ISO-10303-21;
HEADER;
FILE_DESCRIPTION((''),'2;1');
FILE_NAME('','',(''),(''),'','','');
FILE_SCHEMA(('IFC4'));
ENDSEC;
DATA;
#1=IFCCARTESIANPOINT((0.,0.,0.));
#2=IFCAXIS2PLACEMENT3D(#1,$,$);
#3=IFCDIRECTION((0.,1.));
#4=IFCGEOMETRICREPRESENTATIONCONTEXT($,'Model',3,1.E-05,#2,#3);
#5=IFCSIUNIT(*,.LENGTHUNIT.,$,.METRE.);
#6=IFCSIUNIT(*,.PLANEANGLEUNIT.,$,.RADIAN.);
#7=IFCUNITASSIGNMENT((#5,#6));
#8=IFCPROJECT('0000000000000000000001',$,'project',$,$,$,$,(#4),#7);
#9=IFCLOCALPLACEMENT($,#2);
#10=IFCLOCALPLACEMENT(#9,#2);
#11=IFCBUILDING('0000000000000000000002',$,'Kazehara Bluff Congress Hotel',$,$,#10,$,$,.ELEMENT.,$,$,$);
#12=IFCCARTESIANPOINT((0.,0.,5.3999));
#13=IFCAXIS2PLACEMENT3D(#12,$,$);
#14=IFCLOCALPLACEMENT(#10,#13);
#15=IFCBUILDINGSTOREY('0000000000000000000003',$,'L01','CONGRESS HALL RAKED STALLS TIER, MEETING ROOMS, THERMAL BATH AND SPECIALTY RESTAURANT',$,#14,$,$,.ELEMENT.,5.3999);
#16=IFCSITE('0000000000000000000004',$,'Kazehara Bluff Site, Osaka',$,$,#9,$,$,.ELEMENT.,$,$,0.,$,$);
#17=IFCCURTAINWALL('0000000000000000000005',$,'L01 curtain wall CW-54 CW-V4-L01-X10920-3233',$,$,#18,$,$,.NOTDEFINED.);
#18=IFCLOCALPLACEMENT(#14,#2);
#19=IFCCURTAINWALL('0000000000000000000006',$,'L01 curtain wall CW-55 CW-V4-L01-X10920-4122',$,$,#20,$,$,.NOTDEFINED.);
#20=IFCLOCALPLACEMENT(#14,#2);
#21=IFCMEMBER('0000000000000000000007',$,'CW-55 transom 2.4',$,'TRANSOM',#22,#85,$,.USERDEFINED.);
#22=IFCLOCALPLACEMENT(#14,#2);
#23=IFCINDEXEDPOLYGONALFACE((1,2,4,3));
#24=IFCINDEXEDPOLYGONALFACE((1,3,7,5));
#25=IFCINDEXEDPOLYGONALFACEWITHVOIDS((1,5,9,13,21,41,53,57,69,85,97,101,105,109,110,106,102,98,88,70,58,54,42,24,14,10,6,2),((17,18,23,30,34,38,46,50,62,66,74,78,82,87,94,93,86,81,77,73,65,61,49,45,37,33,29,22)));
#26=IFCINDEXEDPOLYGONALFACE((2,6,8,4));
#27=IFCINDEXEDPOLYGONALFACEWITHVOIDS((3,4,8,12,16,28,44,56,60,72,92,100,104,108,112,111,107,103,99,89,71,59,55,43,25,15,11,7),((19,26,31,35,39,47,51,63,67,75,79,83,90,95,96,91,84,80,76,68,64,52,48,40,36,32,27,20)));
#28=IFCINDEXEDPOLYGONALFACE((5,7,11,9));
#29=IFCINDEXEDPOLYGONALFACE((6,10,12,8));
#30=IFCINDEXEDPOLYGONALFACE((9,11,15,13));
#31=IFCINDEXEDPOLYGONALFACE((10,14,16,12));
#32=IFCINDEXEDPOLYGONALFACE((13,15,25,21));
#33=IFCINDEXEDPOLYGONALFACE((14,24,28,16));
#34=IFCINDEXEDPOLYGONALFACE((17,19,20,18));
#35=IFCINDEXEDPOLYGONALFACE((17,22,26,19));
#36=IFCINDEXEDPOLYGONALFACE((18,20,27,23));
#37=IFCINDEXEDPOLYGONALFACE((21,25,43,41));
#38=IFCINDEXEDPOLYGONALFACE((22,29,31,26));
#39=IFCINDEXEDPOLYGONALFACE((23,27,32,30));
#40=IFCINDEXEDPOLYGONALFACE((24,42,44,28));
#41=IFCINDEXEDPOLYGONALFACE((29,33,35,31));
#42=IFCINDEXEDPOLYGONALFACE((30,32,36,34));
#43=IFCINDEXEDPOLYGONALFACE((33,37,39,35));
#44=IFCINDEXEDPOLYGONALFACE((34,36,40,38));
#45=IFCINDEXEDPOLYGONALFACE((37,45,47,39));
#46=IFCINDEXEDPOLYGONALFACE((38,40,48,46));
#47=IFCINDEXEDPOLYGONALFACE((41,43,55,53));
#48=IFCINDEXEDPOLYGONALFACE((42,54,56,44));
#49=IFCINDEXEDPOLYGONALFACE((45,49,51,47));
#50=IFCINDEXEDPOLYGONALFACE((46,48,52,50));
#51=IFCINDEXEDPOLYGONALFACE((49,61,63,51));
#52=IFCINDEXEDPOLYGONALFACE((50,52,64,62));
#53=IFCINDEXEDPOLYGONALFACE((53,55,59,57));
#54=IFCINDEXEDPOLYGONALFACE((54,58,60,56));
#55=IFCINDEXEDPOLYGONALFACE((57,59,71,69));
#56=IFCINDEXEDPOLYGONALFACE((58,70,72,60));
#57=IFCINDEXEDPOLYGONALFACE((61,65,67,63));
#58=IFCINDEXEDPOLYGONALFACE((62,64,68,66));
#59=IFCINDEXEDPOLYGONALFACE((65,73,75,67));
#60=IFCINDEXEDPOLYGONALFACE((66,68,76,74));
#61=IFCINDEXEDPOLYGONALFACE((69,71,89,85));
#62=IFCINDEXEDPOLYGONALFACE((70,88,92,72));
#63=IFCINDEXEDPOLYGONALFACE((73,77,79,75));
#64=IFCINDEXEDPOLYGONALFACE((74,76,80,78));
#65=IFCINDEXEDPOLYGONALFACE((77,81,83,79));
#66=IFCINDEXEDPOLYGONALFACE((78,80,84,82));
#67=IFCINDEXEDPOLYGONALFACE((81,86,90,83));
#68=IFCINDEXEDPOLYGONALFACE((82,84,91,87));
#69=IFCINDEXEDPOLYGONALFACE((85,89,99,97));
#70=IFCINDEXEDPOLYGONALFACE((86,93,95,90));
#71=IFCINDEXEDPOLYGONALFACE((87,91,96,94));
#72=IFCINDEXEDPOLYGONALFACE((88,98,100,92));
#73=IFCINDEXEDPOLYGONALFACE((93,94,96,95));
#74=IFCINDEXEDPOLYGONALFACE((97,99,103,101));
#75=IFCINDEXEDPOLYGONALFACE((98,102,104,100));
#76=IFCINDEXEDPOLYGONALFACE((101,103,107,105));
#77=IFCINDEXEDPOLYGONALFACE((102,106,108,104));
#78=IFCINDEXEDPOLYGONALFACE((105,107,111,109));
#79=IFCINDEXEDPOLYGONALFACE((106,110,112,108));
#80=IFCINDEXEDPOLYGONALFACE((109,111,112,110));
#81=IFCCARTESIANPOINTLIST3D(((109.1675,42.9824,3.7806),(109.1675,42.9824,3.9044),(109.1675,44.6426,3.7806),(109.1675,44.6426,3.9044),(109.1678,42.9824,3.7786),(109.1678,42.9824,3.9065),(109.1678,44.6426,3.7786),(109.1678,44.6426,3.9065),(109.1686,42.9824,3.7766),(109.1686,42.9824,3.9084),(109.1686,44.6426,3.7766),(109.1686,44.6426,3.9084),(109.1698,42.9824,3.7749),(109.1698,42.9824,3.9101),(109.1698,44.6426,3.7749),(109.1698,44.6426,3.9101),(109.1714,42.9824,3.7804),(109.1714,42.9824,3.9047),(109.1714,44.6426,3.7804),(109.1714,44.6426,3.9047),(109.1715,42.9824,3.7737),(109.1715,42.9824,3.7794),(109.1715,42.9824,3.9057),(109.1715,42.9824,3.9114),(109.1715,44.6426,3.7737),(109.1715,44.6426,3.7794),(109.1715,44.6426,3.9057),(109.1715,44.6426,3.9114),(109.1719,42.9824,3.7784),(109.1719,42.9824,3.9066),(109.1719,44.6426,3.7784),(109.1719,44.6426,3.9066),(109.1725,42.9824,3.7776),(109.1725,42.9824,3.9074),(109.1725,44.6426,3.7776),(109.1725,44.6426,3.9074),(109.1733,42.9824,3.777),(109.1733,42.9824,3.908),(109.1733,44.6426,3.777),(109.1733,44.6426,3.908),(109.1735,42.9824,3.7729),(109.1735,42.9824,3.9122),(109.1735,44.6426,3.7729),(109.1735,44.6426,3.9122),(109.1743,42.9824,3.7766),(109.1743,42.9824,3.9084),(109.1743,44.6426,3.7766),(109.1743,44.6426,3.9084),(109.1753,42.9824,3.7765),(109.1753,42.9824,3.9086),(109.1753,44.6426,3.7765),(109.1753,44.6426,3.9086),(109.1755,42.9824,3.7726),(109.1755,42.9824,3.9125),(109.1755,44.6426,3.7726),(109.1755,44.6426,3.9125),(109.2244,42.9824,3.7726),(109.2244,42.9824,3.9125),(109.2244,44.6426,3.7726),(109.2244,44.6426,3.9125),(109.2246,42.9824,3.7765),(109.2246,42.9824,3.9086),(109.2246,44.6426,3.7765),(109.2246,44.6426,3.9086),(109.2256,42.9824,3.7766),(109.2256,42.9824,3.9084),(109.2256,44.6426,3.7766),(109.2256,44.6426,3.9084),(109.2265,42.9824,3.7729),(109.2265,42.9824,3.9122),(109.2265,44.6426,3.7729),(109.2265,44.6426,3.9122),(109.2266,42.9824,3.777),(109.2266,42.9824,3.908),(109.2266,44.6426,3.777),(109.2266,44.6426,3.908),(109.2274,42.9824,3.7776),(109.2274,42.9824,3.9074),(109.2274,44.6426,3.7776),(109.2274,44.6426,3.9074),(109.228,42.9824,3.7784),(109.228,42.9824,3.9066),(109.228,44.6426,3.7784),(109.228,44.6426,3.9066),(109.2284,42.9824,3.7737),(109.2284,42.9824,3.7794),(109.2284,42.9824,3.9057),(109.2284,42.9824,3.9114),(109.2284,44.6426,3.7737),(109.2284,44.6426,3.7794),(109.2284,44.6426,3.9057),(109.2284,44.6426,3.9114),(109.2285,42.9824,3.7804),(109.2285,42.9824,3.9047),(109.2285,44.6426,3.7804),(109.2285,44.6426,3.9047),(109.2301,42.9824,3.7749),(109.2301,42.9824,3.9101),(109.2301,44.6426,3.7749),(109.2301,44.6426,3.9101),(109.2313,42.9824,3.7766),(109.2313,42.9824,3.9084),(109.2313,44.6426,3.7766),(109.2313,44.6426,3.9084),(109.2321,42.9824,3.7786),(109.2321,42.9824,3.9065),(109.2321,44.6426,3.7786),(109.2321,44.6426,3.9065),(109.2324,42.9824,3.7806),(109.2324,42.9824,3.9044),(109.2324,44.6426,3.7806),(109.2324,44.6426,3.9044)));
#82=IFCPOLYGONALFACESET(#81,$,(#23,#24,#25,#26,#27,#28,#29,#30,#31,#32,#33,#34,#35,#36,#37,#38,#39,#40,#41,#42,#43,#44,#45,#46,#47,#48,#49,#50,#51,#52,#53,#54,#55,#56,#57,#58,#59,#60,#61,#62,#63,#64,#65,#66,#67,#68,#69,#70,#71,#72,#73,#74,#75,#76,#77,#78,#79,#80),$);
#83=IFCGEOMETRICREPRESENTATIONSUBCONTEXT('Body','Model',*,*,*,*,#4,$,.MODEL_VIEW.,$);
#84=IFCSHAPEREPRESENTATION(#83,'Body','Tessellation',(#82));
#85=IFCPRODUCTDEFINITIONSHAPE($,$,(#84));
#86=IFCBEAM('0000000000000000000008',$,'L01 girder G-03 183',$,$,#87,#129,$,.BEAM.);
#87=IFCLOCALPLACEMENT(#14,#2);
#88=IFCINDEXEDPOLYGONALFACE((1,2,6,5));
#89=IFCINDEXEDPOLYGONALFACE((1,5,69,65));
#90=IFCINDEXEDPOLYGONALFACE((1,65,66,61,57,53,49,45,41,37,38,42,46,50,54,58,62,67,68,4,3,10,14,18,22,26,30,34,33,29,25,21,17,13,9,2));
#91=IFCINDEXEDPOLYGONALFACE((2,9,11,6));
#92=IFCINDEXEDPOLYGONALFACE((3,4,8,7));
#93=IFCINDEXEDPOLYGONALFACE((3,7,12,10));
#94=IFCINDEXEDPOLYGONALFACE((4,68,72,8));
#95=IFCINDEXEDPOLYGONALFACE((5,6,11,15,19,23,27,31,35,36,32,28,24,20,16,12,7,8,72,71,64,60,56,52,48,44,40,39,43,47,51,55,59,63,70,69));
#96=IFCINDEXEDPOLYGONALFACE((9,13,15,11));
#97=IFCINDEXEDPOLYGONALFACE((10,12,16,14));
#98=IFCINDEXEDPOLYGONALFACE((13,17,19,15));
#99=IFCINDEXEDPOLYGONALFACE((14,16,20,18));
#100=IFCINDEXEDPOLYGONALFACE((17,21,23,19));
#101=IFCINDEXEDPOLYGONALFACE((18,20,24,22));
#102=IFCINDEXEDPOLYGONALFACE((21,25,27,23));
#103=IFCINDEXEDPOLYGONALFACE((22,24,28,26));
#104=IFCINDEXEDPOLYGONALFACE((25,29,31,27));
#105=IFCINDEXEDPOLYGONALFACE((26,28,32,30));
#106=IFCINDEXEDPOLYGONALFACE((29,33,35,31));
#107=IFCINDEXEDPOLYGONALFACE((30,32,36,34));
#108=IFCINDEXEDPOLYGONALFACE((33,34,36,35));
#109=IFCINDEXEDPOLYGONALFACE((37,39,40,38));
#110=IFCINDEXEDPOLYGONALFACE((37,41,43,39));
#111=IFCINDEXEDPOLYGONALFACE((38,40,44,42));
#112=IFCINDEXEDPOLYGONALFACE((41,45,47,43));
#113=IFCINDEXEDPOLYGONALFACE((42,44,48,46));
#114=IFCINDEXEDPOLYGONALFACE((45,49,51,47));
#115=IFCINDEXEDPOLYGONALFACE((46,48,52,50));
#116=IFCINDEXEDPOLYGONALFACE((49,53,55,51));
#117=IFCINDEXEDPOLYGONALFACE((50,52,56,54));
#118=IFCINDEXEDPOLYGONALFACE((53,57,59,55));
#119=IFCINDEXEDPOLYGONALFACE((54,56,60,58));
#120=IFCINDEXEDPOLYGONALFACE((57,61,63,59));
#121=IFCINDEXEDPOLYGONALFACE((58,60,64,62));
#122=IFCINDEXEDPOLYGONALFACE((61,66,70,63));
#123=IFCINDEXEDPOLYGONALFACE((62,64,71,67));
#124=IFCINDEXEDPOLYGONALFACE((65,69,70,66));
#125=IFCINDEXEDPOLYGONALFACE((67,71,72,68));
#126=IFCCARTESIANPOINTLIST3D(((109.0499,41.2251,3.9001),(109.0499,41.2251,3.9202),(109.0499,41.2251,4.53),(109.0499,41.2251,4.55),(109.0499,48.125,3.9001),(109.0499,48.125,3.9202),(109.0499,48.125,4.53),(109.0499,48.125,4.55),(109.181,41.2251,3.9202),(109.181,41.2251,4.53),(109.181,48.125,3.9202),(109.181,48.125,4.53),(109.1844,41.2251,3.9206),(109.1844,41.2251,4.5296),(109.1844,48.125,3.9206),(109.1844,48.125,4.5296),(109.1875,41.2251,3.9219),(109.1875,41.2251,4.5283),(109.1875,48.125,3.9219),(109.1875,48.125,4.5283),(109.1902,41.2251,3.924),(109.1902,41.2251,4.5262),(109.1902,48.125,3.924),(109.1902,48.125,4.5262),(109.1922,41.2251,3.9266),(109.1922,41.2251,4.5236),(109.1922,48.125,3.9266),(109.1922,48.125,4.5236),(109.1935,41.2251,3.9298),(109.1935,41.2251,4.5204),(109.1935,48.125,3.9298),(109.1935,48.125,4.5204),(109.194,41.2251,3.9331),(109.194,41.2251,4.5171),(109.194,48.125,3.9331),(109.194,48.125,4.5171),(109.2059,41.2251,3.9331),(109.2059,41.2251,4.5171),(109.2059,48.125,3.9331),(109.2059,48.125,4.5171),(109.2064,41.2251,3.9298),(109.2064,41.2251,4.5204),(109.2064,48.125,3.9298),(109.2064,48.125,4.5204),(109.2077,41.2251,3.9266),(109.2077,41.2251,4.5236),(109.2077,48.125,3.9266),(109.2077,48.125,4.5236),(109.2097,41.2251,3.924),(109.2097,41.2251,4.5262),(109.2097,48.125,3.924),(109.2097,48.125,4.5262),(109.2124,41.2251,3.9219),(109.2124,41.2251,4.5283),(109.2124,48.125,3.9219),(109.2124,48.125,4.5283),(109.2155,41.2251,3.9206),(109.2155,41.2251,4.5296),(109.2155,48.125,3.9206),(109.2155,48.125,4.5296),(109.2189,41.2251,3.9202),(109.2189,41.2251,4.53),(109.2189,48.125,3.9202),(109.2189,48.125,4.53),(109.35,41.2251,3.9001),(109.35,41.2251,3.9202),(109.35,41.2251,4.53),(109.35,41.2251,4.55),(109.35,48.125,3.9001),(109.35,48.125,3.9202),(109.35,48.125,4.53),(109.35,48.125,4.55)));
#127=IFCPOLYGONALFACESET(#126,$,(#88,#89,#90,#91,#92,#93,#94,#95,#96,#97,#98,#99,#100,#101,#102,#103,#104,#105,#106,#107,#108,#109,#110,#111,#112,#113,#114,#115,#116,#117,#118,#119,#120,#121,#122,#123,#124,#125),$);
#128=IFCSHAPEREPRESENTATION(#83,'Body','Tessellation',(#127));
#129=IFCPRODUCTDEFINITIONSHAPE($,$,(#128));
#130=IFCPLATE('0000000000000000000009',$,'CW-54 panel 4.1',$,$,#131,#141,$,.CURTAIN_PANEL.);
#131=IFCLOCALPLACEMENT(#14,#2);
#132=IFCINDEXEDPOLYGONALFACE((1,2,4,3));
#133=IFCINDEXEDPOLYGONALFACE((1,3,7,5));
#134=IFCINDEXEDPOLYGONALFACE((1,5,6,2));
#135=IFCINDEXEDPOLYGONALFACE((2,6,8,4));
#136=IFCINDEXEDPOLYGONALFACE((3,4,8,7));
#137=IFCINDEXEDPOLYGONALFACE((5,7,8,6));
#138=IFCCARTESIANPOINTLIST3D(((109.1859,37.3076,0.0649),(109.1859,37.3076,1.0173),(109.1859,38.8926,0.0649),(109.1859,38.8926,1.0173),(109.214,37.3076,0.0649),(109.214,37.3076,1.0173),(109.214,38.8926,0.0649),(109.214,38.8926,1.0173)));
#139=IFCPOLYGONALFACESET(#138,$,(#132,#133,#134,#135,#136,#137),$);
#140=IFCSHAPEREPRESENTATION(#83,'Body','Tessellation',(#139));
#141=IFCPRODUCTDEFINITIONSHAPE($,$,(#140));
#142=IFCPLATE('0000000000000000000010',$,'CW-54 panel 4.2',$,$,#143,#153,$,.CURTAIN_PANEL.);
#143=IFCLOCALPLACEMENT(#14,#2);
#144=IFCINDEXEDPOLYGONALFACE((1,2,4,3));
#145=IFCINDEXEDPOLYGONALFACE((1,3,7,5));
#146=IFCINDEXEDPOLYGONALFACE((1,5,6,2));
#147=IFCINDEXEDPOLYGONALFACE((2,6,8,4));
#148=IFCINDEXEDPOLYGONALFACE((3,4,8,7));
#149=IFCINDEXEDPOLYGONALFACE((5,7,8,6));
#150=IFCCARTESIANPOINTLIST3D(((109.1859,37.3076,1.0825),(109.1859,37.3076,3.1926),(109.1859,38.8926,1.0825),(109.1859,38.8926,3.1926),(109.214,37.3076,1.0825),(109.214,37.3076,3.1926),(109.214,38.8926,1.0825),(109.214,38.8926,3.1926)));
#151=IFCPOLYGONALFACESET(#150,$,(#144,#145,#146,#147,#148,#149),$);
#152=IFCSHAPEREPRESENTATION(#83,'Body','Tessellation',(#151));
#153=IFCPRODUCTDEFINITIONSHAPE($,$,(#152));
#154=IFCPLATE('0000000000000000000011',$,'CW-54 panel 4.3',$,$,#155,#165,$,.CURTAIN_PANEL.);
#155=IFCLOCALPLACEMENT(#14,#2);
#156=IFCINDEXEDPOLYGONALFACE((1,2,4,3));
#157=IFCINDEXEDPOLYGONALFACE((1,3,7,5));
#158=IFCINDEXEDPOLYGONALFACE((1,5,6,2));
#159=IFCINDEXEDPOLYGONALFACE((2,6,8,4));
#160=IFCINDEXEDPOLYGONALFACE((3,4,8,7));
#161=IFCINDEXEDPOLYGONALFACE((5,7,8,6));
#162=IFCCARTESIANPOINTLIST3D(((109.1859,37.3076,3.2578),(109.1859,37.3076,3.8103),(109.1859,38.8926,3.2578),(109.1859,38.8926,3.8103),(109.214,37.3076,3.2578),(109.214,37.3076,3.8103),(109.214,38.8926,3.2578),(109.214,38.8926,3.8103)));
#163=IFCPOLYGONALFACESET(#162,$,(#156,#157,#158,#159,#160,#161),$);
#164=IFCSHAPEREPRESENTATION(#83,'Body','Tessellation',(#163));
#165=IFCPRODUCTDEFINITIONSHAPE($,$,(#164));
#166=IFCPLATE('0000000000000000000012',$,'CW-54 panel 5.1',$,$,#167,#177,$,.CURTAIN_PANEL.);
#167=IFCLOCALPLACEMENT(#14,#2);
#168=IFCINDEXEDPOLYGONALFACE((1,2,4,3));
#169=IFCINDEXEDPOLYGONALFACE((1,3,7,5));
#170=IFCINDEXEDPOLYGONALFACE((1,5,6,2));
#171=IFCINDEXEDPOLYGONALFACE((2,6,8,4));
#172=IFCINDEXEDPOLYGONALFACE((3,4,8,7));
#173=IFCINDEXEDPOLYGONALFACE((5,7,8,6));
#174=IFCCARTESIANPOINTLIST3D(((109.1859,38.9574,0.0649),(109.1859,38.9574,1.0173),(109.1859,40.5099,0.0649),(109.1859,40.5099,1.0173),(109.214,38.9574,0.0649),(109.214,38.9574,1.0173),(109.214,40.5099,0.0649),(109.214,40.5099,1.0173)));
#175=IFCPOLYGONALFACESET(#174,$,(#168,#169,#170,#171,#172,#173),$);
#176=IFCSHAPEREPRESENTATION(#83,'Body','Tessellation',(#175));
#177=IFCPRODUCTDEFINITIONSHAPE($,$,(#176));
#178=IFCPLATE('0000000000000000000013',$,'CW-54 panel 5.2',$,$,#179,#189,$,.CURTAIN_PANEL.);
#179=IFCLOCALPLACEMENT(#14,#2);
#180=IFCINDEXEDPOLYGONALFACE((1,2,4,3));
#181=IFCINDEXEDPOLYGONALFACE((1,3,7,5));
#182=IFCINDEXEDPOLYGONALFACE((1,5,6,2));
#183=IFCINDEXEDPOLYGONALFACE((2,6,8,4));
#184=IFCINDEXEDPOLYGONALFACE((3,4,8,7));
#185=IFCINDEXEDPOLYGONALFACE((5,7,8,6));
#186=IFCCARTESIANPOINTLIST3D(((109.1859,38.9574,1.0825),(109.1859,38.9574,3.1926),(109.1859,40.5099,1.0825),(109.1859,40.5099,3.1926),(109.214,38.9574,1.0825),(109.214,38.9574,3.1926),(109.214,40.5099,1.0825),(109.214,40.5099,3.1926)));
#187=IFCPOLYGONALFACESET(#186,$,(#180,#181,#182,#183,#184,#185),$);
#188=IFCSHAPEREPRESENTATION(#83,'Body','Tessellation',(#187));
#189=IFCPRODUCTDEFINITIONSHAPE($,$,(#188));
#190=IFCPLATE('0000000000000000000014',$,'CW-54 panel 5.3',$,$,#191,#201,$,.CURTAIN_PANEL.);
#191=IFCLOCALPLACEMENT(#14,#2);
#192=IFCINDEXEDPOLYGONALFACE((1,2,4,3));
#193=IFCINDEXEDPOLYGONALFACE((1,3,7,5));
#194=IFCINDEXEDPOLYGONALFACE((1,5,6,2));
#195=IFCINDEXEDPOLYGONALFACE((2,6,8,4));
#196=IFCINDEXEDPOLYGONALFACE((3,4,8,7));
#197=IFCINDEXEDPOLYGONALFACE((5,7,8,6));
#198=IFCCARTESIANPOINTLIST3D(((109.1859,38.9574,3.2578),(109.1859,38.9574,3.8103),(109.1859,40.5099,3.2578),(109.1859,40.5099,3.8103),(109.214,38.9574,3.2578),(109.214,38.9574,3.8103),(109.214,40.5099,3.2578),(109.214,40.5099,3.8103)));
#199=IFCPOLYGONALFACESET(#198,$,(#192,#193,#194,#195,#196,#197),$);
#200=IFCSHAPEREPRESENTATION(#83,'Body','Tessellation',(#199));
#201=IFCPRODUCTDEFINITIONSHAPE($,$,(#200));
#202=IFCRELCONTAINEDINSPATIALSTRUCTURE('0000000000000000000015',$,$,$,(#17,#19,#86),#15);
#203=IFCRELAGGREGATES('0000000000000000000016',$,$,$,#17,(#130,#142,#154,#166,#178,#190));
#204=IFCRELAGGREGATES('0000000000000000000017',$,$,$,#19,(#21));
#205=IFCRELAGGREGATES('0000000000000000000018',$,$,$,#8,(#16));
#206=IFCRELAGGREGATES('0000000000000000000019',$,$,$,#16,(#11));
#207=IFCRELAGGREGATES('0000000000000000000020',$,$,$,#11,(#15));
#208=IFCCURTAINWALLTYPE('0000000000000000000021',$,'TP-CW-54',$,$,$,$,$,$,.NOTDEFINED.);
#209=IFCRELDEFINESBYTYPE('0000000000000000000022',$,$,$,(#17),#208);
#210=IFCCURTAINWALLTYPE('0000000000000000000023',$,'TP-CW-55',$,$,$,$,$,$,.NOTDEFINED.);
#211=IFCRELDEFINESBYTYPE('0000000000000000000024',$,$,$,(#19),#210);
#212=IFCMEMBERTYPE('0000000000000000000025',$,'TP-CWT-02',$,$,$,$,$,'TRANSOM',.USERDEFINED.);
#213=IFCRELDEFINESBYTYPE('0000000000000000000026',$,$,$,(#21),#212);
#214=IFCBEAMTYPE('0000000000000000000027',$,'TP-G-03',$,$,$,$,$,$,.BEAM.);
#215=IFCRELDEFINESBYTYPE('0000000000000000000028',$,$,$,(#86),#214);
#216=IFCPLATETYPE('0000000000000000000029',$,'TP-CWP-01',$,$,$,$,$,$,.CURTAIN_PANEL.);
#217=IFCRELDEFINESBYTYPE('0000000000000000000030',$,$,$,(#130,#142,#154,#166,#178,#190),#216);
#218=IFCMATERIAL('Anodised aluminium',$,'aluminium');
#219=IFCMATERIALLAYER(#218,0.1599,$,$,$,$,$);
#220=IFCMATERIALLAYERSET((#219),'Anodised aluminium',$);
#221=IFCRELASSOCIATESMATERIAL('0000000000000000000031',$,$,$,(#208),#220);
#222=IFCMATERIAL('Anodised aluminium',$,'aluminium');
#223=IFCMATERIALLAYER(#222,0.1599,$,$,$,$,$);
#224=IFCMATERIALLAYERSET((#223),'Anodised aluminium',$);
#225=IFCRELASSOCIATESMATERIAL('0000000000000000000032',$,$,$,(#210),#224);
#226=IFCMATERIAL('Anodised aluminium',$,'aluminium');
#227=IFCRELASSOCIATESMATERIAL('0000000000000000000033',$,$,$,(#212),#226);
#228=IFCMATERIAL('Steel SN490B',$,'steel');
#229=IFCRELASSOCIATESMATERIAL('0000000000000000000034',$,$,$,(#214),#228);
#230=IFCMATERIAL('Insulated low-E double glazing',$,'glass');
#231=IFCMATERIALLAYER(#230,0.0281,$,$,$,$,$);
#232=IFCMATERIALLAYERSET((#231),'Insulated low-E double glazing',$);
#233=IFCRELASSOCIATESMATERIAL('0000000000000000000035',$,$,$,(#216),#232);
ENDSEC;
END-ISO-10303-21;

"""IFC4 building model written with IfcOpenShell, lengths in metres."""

from ifc_helpers import new_model, si_unit, direction, frame, origin, origin_2d, place, context, subcontext, project, spatial, rectangle, hollow_rectangle, i_section, extrude, material, layer, layer_set, material_profile, profile_set, type_object, element, aggregate, save


model = new_model("IFC4")

# Units and contexts
model_context = context("Model", 3, precision=1e-05, world=origin(), true_north=direction((0.0, 1.0)))
body_context = subcontext(model_context, "Body", "Model", "MODEL_VIEW")
ifc_project = project(units=[si_unit("LENGTHUNIT", "METRE"), si_unit("PLANEANGLEUNIT", "RADIAN")], contexts=[model_context])

# Site, building, storey
site_placement = place(None, origin())
site = spatial("IfcSite", under=ifc_project, at=site_placement, Name="Kazehara Bluff Site, Osaka", CompositionType="ELEMENT", RefElevation=0.0)
building_placement = place(site_placement, origin())
building = spatial("IfcBuilding", under=site, at=building_placement, Name="Kazehara Bluff Congress Hotel", CompositionType="ELEMENT")
storey_placement = place(building_placement, frame((0.0, 0.0, 5.3999)))
storey = spatial("IfcBuildingStorey", under=building, at=storey_placement, Name="L01", Description="CONGRESS HALL RAKED STALLS TIER, MEETING ROOMS, THERMAL BATH AND SPECIALTY RESTAURANT", CompositionType="ELEMENT", Elevation=5.3999)

# Curtain walls
ifc_material_1 = material(Name="Anodised aluminium", Category="aluminium")
ifc_layer_1 = layer(ifc_material_1, 0.1599)
ifc_layer_set_1 = layer_set([ifc_layer_1], Name="Anodised aluminium")
curtain_wall_type_1 = type_object("IfcCurtainWallType", Name="TP-CW-54", PredefinedType="NOTDEFINED", material=ifc_layer_set_1)
curtain_wall_1_placement = place(storey_placement, origin())
curtain_wall_1 = element("IfcCurtainWall", 1, at=curtain_wall_1_placement, inside=storey, type_object=curtain_wall_type_1, Name="L01 curtain wall CW-54 CW-V4-L01-X10920-3233", PredefinedType="NOTDEFINED")
ifc_material_2 = material(Name="Anodised aluminium", Category="aluminium")
ifc_layer_2 = layer(ifc_material_2, 0.1599)
ifc_layer_set_2 = layer_set([ifc_layer_2], Name="Anodised aluminium")
curtain_wall_type_2 = type_object("IfcCurtainWallType", Name="TP-CW-55", PredefinedType="NOTDEFINED", material=ifc_layer_set_2)
curtain_wall_2_placement = place(storey_placement, origin())
curtain_wall_2 = element("IfcCurtainWall", 2, at=curtain_wall_2_placement, inside=storey, type_object=curtain_wall_type_2, Name="L01 curtain wall CW-55 CW-V4-L01-X10920-4122", PredefinedType="NOTDEFINED")

# Member
ifc_material_3 = material(Name="Anodised aluminium", Category="aluminium")
ifc_material_profile_1 = material_profile(ifc_material_3, hollow_rectangle(XDim=0.0649, YDim=0.1399, WallThickness=0.0039, InnerFilletRadius=0.0039, OuterFilletRadius=0.0081, at=origin_2d()))
ifc_profile_set_1 = profile_set([ifc_material_profile_1], Name="Anodised aluminium")
member_type_1 = type_object("IfcMemberType", Name="TP-CWT-02", ElementType="TRANSOM", PredefinedType="USERDEFINED", material=ifc_profile_set_1)
member_1_placement = place(storey_placement, frame((109.2, 42.9824, 3.8425), z_axis=(0.0, 1.0, 0.0), x_axis=(-1.0, 0.0, 0.0)))
member_1 = element("IfcMember", 3, at=member_1_placement, type_object=member_type_1, Name="CW-55 transom 2.4", ObjectType="TRANSOM", PredefinedType="USERDEFINED", context=body_context, shape_type="SweptSolid", body=[
    extrude(hollow_rectangle(XDim=0.0649, YDim=0.1399, WallThickness=0.0039, InnerFilletRadius=0.0039, OuterFilletRadius=0.0081, at=origin_2d()), origin(), (0.0, 0.0, 1.0), 1.6602),
])

# Beam
ifc_material_4 = material(Name="Steel SN490B", Category="steel")
ifc_material_profile_2 = material_profile(ifc_material_4, i_section(OverallWidth=0.3, OverallDepth=0.6499, WebThickness=0.012, FlangeThickness=0.02, FilletRadius=0.0129, at=origin_2d()))
ifc_profile_set_2 = profile_set([ifc_material_profile_2], Name="Steel SN490B")
beam_type = type_object("IfcBeamType", Name="TP-G-03", PredefinedType="BEAM", material=ifc_profile_set_2)
beam_placement = place(storey_placement, frame((109.2, 41.2251, 4.2251), z_axis=(0.0, 1.0, 0.0), x_axis=(-1.0, 0.0, 0.0)))
element("IfcBeam", 4, at=beam_placement, inside=storey, type_object=beam_type, Name="L01 girder G-03 183", PredefinedType="BEAM", context=body_context, shape_type="SweptSolid", body=[
    extrude(i_section(OverallWidth=0.3, OverallDepth=0.6499, WebThickness=0.012, FlangeThickness=0.02, FilletRadius=0.0129, at=origin_2d()), origin(), (0.0, 0.0, 1.0), 6.8999),
])

# Plates
ifc_material_5 = material(Name="Insulated low-E double glazing", Category="glass")
ifc_layer_3 = layer(ifc_material_5, 0.0281)
ifc_layer_set_3 = layer_set([ifc_layer_3], Name="Insulated low-E double glazing")
plate_type = type_object("IfcPlateType", Name="TP-CWP-01", PredefinedType="CURTAIN_PANEL", material=ifc_layer_set_3)
plate_1_placement = place(storey_placement, frame((109.2, 38.1001, 0.0649), z_axis=(0.0, 0.0, 1.0), x_axis=(0.0, 1.0, 0.0)))
plate_1 = element("IfcPlate", 5, at=plate_1_placement, type_object=plate_type, Name="CW-54 panel 4.1", PredefinedType="CURTAIN_PANEL", context=body_context, shape_type="SweptSolid", body=[
    extrude(rectangle(XDim=1.585, YDim=0.0281, at=origin_2d()), origin(), (0.0, 0.0, 1.0), 0.9524),
])
plate_2_placement = place(storey_placement, frame((109.2, 38.1001, 1.0825), z_axis=(0.0, 0.0, 1.0), x_axis=(0.0, 1.0, 0.0)))
plate_2 = element("IfcPlate", 6, at=plate_2_placement, type_object=plate_type, Name="CW-54 panel 4.2", PredefinedType="CURTAIN_PANEL", context=body_context, shape_type="SweptSolid", body=[
    extrude(rectangle(XDim=1.585, YDim=0.0281, at=origin_2d()), origin(), (0.0, 0.0, 1.0), 2.1101),
])
plate_3_placement = place(storey_placement, frame((109.2, 38.1001, 3.2578), z_axis=(0.0, 0.0, 1.0), x_axis=(0.0, 1.0, 0.0)))
plate_3 = element("IfcPlate", 7, at=plate_3_placement, type_object=plate_type, Name="CW-54 panel 4.3", PredefinedType="CURTAIN_PANEL", context=body_context, shape_type="SweptSolid", body=[
    extrude(rectangle(XDim=1.585, YDim=0.0281, at=origin_2d()), origin(), (0.0, 0.0, 1.0), 0.5525),
])
plate_4_placement = place(storey_placement, frame((109.2, 39.7336, 0.0649), z_axis=(0.0, 0.0, 1.0), x_axis=(0.0, 1.0, 0.0)))
plate_4 = element("IfcPlate", 8, at=plate_4_placement, type_object=plate_type, Name="CW-54 panel 5.1", PredefinedType="CURTAIN_PANEL", context=body_context, shape_type="SweptSolid", body=[
    extrude(rectangle(XDim=1.5525, YDim=0.0281, at=origin_2d()), origin(), (0.0, 0.0, 1.0), 0.9524),
])
plate_5_placement = place(storey_placement, frame((109.2, 39.7336, 1.0825), z_axis=(0.0, 0.0, 1.0), x_axis=(0.0, 1.0, 0.0)))
plate_5 = element("IfcPlate", 9, at=plate_5_placement, type_object=plate_type, Name="CW-54 panel 5.2", PredefinedType="CURTAIN_PANEL", context=body_context, shape_type="SweptSolid", body=[
    extrude(rectangle(XDim=1.5525, YDim=0.0281, at=origin_2d()), origin(), (0.0, 0.0, 1.0), 2.1101),
])
plate_6_placement = place(storey_placement, frame((109.2, 39.7336, 3.2578), z_axis=(0.0, 0.0, 1.0), x_axis=(0.0, 1.0, 0.0)))
plate_6 = element("IfcPlate", 10, at=plate_6_placement, type_object=plate_type, Name="CW-54 panel 5.3", PredefinedType="CURTAIN_PANEL", context=body_context, shape_type="SweptSolid", body=[
    extrude(rectangle(XDim=1.5525, YDim=0.0281, at=origin_2d()), origin(), (0.0, 0.0, 1.0), 0.5525),
])
aggregate(curtain_wall_1, [plate_1, plate_2, plate_3, plate_4, plate_5, plate_6])
aggregate(curtain_wall_2, [member_1])

save(model, "model.ifc")
